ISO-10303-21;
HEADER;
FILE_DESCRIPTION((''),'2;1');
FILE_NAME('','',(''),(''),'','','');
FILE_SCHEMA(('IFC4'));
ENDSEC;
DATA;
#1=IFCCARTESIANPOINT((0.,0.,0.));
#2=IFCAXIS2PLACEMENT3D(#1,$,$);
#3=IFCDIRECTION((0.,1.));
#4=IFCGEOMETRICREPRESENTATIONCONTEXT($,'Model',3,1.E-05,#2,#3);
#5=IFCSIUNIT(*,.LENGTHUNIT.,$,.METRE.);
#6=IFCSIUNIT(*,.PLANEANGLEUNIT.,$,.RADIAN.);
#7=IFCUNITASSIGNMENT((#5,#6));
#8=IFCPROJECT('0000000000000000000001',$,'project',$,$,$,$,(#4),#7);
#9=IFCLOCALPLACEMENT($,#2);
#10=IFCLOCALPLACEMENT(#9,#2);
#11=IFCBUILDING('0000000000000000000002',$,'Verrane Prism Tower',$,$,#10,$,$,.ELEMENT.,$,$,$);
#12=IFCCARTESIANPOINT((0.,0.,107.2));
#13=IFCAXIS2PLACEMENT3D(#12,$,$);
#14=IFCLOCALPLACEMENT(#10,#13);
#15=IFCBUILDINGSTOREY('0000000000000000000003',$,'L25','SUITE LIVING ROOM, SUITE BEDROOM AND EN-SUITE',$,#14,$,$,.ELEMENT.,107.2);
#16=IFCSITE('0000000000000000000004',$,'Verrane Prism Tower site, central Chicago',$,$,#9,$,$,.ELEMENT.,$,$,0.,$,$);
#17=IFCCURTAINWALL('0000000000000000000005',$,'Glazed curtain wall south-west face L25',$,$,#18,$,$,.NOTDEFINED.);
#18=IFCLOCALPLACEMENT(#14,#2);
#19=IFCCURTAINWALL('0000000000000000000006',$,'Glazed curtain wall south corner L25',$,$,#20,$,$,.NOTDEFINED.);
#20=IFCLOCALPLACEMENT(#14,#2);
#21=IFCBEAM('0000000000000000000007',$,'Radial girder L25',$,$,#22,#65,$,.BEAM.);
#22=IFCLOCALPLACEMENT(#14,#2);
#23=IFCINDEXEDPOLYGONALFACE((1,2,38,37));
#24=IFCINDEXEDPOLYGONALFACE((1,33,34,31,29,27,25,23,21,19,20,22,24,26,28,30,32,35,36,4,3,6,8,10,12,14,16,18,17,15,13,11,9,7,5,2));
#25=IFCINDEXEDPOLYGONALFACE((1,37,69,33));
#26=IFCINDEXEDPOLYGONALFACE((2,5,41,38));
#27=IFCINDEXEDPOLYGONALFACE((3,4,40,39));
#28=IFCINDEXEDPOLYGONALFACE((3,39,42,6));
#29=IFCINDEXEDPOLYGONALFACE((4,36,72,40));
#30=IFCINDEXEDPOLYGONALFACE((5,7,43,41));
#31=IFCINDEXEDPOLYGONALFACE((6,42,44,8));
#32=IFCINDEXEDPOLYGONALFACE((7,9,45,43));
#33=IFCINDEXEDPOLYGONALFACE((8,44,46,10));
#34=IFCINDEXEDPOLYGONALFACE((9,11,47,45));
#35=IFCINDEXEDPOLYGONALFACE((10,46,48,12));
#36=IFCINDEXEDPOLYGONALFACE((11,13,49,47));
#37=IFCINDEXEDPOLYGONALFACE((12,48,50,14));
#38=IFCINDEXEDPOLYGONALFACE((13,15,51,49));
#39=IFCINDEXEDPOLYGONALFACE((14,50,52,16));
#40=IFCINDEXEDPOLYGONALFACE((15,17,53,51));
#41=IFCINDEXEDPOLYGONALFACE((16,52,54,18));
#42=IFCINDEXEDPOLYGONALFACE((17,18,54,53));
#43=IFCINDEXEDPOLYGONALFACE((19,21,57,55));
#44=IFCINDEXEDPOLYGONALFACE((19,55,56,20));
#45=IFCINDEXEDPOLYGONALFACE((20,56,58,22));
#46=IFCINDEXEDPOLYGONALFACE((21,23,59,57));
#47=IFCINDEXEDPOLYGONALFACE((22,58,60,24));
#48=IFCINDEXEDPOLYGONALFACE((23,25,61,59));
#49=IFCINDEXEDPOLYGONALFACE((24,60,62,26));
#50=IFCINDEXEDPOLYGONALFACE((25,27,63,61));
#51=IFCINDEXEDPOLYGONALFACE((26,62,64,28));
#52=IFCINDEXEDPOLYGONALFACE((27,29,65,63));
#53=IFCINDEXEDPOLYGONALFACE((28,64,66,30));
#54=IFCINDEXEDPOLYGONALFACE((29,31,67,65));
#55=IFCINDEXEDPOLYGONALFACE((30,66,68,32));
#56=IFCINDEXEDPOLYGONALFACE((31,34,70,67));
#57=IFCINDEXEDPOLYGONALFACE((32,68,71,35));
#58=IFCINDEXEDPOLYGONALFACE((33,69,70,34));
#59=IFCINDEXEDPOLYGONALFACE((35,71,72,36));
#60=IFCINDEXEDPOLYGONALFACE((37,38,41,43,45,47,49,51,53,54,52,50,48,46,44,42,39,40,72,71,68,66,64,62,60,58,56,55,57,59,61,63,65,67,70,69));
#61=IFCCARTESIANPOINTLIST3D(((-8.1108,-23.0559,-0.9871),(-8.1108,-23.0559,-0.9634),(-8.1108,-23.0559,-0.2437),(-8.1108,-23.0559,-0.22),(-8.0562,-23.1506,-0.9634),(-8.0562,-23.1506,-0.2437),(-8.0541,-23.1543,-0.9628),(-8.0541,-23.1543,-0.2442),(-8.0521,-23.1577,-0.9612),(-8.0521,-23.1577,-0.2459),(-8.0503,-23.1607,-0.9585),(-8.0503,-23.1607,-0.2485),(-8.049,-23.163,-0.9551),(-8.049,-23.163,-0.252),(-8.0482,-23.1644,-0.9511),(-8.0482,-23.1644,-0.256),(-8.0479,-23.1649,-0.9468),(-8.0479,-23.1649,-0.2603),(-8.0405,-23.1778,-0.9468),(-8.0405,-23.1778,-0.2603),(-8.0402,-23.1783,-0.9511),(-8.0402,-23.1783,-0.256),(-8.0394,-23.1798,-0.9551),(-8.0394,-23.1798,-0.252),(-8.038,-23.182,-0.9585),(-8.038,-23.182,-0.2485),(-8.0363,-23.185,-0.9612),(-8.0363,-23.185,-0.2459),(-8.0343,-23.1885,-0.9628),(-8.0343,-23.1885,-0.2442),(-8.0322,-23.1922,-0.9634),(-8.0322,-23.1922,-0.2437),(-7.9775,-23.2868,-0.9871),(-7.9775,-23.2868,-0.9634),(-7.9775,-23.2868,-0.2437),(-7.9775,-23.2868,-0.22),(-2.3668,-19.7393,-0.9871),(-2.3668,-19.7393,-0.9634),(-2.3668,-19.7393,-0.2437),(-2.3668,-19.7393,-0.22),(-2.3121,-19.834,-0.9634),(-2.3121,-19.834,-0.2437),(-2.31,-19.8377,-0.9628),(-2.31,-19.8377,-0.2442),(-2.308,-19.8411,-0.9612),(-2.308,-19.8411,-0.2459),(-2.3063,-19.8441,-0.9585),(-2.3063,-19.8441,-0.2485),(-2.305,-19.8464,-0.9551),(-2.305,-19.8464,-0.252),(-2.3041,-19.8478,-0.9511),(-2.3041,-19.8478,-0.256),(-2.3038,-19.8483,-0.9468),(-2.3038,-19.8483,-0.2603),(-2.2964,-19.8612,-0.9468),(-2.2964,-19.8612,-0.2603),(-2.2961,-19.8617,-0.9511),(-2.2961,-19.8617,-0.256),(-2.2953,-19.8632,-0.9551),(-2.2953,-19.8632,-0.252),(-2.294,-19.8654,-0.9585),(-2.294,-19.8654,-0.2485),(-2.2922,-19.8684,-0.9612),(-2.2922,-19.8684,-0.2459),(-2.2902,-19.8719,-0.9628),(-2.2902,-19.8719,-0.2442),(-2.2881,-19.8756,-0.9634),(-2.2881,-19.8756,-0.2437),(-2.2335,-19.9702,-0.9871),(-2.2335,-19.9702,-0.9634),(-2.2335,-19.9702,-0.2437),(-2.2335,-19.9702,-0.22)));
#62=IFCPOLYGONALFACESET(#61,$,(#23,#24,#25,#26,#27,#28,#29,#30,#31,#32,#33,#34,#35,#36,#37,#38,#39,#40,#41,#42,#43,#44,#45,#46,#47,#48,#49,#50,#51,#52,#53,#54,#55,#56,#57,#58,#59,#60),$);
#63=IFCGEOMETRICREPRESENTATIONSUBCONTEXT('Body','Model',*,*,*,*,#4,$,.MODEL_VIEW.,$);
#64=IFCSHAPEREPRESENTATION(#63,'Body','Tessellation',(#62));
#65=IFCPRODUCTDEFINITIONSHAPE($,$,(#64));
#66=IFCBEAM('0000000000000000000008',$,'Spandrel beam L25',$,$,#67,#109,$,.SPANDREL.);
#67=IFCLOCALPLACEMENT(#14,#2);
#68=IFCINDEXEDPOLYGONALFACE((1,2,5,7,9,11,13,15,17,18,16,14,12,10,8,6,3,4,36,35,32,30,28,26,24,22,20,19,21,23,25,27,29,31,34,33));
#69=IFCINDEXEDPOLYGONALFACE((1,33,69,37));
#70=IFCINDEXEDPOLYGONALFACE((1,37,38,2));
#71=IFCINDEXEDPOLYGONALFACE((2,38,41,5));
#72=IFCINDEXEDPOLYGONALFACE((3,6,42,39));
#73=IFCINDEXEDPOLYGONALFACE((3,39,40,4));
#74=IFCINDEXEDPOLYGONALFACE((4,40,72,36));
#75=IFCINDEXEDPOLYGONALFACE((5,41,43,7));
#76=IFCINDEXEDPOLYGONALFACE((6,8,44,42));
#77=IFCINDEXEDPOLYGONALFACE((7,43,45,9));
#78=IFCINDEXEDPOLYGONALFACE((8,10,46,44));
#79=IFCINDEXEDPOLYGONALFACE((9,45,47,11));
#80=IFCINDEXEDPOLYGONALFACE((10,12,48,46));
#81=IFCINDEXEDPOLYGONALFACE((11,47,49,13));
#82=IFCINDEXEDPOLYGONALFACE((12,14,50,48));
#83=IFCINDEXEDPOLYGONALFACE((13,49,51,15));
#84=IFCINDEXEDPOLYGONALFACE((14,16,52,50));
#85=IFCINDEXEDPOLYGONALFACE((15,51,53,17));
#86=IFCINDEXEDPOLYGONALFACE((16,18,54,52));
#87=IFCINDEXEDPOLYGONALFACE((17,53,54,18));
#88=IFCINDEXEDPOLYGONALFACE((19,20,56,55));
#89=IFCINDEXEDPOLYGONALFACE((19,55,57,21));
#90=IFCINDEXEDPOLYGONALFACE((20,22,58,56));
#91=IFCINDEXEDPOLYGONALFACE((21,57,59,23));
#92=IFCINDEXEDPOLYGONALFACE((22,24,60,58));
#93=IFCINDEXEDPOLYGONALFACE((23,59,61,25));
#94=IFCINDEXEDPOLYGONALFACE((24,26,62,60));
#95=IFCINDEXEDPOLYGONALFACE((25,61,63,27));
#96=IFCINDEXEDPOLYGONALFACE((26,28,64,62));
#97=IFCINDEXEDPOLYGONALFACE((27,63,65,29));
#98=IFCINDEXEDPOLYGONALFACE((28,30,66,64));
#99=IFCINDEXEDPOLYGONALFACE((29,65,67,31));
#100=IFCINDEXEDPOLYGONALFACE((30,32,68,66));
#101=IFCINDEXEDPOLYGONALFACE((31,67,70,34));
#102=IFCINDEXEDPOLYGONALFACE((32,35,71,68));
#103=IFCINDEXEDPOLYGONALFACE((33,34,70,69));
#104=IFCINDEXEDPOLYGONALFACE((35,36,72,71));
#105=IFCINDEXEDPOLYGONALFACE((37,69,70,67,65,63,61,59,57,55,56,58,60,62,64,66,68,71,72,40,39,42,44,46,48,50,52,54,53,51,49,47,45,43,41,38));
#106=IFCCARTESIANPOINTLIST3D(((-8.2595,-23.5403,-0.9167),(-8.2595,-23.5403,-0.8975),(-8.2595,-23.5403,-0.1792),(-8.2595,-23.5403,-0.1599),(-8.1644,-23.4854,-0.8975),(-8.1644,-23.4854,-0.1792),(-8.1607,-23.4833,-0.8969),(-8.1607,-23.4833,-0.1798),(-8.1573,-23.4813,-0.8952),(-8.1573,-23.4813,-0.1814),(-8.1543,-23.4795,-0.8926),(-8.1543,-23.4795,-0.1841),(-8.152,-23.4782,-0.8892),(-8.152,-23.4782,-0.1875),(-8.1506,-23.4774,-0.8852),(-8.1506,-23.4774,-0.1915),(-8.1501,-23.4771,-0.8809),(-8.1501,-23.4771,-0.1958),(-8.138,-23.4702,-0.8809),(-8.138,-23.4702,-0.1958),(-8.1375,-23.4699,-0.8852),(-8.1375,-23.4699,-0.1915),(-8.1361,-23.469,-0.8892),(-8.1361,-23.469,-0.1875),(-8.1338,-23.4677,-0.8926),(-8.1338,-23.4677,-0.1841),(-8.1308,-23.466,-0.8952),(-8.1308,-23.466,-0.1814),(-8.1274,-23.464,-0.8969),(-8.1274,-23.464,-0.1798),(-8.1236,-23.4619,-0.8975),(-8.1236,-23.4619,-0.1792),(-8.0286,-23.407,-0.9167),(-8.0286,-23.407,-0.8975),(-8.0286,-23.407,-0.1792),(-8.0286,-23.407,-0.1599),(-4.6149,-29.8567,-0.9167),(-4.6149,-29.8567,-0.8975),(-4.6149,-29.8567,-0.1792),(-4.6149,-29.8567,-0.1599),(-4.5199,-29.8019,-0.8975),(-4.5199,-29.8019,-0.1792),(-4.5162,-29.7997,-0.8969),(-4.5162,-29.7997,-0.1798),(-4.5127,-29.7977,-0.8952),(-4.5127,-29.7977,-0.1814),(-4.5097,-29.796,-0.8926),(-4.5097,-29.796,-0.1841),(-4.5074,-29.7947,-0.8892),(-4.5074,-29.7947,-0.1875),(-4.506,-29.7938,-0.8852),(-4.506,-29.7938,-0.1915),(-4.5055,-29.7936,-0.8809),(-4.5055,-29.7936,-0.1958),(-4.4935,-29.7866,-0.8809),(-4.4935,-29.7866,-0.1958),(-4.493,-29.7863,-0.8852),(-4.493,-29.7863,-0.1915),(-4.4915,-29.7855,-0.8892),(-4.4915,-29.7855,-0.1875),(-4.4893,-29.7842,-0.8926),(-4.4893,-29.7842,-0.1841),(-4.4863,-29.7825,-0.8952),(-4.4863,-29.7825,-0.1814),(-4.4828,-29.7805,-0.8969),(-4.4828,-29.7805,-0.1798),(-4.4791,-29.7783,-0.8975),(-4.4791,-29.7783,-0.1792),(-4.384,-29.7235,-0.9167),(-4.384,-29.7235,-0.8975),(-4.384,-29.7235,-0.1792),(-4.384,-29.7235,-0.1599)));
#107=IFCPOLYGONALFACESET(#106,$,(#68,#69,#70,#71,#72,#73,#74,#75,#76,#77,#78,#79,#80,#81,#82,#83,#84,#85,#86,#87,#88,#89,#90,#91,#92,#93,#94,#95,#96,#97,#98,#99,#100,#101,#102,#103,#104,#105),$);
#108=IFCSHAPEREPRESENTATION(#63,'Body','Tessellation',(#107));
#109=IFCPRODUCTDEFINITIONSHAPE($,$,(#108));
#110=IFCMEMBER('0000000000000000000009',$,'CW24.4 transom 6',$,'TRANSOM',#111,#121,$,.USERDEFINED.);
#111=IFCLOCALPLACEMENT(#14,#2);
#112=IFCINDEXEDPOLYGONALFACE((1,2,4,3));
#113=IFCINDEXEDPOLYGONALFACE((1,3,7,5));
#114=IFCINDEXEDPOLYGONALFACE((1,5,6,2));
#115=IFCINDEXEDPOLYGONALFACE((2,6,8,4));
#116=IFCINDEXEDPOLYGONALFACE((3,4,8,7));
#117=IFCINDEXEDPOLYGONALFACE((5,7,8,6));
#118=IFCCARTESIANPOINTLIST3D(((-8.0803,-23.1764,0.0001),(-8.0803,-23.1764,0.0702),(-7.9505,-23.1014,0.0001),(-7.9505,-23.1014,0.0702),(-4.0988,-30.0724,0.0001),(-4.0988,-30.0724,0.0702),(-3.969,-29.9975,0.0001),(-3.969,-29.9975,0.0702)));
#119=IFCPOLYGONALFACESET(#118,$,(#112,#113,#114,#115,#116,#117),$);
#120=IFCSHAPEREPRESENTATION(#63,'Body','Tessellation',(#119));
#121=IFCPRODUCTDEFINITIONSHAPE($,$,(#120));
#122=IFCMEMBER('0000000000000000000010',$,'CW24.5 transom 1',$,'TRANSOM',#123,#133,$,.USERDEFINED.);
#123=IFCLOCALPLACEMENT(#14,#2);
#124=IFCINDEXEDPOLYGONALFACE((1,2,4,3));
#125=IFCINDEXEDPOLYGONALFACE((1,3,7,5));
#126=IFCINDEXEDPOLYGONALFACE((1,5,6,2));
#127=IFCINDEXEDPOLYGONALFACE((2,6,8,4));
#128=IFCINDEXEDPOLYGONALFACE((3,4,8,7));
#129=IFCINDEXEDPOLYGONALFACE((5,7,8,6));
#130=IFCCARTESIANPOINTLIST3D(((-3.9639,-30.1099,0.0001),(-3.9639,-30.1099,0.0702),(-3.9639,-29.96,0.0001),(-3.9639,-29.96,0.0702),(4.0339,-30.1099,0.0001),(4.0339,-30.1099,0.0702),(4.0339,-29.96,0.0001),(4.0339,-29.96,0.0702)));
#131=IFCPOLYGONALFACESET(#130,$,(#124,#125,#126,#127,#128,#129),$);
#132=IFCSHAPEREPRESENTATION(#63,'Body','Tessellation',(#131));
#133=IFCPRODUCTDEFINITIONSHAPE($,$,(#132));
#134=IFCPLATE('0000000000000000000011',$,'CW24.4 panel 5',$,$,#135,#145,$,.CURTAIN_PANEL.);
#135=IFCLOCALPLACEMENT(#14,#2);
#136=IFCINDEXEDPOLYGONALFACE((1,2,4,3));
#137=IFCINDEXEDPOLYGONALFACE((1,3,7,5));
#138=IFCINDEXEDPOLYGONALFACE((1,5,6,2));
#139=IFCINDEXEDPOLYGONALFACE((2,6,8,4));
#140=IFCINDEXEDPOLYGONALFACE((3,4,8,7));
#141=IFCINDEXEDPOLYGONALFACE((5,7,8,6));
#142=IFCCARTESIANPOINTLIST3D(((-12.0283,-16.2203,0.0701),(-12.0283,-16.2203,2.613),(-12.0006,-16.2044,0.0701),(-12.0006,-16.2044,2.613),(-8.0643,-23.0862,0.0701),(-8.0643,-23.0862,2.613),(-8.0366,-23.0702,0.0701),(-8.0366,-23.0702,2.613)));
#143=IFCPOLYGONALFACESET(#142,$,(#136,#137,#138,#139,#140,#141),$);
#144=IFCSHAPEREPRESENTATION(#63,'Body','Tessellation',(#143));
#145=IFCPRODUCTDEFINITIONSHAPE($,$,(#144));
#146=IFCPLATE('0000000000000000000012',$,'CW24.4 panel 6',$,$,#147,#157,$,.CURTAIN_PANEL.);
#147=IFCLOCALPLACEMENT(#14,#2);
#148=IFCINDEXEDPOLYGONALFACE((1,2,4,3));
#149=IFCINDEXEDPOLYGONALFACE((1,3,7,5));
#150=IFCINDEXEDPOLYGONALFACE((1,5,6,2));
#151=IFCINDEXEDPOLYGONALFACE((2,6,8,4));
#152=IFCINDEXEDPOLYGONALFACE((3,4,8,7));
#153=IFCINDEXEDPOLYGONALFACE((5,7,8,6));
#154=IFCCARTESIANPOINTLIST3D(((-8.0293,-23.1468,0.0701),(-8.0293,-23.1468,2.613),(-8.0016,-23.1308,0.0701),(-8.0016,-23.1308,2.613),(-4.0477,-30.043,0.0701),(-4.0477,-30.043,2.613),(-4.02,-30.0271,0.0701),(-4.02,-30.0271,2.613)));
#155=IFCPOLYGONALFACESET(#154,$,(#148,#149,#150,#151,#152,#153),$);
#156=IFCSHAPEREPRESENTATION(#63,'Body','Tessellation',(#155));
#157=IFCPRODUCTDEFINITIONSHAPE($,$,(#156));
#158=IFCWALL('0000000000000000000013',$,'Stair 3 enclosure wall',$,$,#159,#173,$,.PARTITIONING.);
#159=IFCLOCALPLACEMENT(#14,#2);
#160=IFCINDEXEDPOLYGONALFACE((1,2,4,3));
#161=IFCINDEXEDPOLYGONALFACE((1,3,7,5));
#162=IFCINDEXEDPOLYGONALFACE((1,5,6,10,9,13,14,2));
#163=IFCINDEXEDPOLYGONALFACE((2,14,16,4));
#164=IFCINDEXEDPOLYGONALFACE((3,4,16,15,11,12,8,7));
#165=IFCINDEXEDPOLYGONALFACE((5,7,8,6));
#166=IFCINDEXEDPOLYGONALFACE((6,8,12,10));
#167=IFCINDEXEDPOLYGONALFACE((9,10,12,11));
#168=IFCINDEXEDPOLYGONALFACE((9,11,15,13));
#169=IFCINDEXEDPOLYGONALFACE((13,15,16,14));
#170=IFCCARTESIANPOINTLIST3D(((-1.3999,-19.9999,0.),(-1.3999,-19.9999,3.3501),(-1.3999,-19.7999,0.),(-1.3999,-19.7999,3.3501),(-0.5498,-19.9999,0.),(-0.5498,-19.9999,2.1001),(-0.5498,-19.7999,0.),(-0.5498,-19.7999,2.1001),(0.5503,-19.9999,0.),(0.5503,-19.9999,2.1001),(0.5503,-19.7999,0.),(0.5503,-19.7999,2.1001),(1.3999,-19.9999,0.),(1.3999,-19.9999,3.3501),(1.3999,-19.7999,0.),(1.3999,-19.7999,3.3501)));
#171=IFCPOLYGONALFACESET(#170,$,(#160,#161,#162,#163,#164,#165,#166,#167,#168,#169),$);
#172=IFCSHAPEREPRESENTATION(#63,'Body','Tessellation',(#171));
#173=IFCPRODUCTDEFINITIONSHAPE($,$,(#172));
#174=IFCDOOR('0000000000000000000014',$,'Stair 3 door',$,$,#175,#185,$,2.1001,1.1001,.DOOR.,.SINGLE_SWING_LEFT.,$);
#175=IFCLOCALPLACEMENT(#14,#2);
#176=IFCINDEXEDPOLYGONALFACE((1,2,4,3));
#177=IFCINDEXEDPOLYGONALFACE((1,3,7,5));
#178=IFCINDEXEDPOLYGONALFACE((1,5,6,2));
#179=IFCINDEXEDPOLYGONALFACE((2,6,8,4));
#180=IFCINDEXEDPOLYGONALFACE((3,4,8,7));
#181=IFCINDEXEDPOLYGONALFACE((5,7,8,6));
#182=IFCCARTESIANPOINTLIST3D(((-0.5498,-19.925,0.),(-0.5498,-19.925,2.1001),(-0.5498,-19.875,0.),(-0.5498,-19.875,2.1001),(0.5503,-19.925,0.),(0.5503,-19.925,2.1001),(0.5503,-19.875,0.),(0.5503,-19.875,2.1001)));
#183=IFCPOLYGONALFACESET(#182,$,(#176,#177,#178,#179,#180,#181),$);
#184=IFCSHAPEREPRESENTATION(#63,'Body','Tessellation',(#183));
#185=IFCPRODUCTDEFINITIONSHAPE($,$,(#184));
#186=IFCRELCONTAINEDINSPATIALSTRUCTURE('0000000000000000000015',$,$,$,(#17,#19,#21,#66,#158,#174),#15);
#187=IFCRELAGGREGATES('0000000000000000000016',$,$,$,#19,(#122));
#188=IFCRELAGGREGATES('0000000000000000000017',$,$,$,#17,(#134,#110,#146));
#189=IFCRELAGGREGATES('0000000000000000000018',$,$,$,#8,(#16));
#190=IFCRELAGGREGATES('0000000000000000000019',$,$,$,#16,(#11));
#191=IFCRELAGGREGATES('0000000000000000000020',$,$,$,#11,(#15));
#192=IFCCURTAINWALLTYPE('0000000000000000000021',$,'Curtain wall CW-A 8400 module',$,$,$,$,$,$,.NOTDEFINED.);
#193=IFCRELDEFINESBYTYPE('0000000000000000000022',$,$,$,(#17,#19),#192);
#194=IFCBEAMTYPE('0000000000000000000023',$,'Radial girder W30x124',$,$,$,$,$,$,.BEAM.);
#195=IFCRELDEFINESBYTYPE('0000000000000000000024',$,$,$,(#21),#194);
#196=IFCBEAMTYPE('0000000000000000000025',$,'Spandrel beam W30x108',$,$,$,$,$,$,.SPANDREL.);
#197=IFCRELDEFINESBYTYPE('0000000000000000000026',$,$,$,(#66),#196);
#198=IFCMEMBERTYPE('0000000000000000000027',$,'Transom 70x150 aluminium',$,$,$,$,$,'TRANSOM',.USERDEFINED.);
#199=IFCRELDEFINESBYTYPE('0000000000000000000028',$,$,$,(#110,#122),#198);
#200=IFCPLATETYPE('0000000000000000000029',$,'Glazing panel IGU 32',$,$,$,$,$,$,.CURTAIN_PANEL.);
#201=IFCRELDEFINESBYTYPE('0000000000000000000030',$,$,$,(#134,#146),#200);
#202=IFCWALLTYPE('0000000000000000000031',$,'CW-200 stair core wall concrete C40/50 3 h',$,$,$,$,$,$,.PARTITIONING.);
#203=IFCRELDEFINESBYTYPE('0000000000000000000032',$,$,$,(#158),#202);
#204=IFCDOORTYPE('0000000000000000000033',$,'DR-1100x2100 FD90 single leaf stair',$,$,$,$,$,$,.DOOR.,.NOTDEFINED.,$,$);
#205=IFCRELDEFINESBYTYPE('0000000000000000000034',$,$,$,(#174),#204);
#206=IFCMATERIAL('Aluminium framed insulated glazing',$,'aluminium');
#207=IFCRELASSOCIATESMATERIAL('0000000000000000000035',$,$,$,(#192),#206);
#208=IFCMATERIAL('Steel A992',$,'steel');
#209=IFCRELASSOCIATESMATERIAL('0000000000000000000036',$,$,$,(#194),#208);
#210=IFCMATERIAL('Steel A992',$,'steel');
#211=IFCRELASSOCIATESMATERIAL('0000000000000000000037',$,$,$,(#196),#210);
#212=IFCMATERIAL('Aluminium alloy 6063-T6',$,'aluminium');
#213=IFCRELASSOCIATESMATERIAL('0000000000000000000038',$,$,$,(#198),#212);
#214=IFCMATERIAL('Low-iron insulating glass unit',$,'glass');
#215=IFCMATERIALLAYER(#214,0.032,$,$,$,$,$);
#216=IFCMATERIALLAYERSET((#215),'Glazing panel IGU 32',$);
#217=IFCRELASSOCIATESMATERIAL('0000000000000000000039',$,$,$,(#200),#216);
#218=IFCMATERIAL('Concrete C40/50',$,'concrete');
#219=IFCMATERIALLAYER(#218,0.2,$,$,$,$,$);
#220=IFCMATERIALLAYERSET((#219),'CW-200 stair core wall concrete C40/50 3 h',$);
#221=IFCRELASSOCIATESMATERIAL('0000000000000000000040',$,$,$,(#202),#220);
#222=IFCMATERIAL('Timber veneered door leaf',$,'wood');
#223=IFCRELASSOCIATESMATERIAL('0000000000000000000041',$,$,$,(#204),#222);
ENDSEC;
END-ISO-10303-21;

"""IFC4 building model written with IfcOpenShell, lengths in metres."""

from ifc_helpers import new_model, si_unit, direction, frame, frame_2d, origin, origin_2d, place, context, subcontext, project, spatial, rectangle, i_section, extrude, material, layer, layer_set, material_profile, profile_set, type_object, element, fill, aggregate, save


model = new_model("IFC4")

# Units and contexts
model_context = context("Model", 3, precision=1e-05, world=origin(), true_north=direction((0.0, 1.0)))
body_context = subcontext(model_context, "Body", "Model", "MODEL_VIEW")
ifc_project = project(units=[si_unit("LENGTHUNIT", "METRE"), si_unit("PLANEANGLEUNIT", "RADIAN")], contexts=[model_context])

# Site, building, storey
site_placement = place(None, origin())
site = spatial("IfcSite", under=ifc_project, at=site_placement, Name="Verrane Prism Tower site, central Chicago", CompositionType="ELEMENT", RefElevation=0.0)
building_placement = place(site_placement, origin())
building = spatial("IfcBuilding", under=site, at=building_placement, Name="Verrane Prism Tower", CompositionType="ELEMENT")
storey_placement = place(building_placement, frame((0.0, 0.0, 107.2)))
storey = spatial("IfcBuildingStorey", under=building, at=storey_placement, Name="L25", Description="SUITE LIVING ROOM, SUITE BEDROOM AND EN-SUITE", CompositionType="ELEMENT", Elevation=107.2)

# Curtain walls
ifc_material_1 = material(Name="Aluminium framed insulated glazing", Category="aluminium")
curtain_wall_type = type_object("IfcCurtainWallType", Name="Curtain wall CW-A 8400 module", PredefinedType="NOTDEFINED", material=ifc_material_1)
curtain_wall_1_placement = place(storey_placement, origin())
curtain_wall_1 = element("IfcCurtainWall", 1, at=curtain_wall_1_placement, inside=storey, type_object=curtain_wall_type, Name="Glazed curtain wall south-west face L25", PredefinedType="NOTDEFINED")
curtain_wall_2_placement = place(storey_placement, origin())
curtain_wall_2 = element("IfcCurtainWall", 2, at=curtain_wall_2_placement, inside=storey, type_object=curtain_wall_type, Name="Glazed curtain wall south corner L25", PredefinedType="NOTDEFINED")

# Beams
ifc_material_2 = material(Name="Steel A992", Category="steel")
ifc_material_profile_1 = material_profile(ifc_material_2, i_section(OverallWidth=0.2666, OverallDepth=0.7671, WebThickness=0.0149, FlangeThickness=0.0237, FilletRadius=0.0166, at=origin_2d()), Name="W30x124")
ifc_profile_set_1 = profile_set([ifc_material_profile_1], Name="Steel A992")
beam_type_1 = type_object("IfcBeamType", Name="Radial girder W30x124", PredefinedType="BEAM", material=ifc_profile_set_1)
beam_1_placement = place(storey_placement, frame((-8.0442, -23.1714, -0.6035), z_axis=(0.866008, 0.50003, 0.0), x_axis=(-0.50003, 0.866008, 0.0)))
element("IfcBeam", 3, at=beam_1_placement, inside=storey, type_object=beam_type_1, Name="Radial girder L25", PredefinedType="BEAM", context=body_context, shape_type="SweptSolid", body=[
    extrude(i_section(OverallWidth=0.2666, OverallDepth=0.7671, WebThickness=0.0149, FlangeThickness=0.0237, FilletRadius=0.0166, at=origin_2d()), origin(), (0.0, 0.0, 1.0), 6.6328),
])
ifc_material_3 = material(Name="Steel A992", Category="steel")
ifc_material_profile_2 = material_profile(ifc_material_3, i_section(OverallWidth=0.2666, OverallDepth=0.7568, WebThickness=0.0139, FlangeThickness=0.0193, FilletRadius=0.0166, at=origin_2d()), Name="W30x108")
ifc_profile_set_2 = profile_set([ifc_material_profile_2], Name="Steel A992")
beam_type_2 = type_object("IfcBeamType", Name="Spandrel beam W30x108", PredefinedType="SPANDREL", material=ifc_profile_set_2)
beam_2_placement = place(storey_placement, frame((-8.144, -23.4736, -0.5383), z_axis=(0.499769, -0.866159, 0.0), x_axis=(0.866159, 0.499769, 0.0)))
element("IfcBeam", 4, at=beam_2_placement, inside=storey, type_object=beam_type_2, Name="Spandrel beam L25", PredefinedType="SPANDREL", context=body_context, shape_type="SweptSolid", body=[
    extrude(i_section(OverallWidth=0.2666, OverallDepth=0.7568, WebThickness=0.0139, FlangeThickness=0.0193, FilletRadius=0.0166, at=origin_2d()), origin(), (0.0, 0.0, 1.0), 7.2925),
])

# Members
ifc_material_4 = material(Name="Aluminium alloy 6063-T6", Category="aluminium")
ifc_material_profile_3 = material_profile(ifc_material_4, rectangle(XDim=0.1499, YDim=0.0701, at=origin_2d()), Name="Transom 70x150 aluminium")
ifc_profile_set_3 = profile_set([ifc_material_profile_3], Name="Aluminium alloy 6063-T6")
member_type_1 = type_object("IfcMemberType", Name="Transom 70x150 aluminium", ElementType="TRANSOM", PredefinedType="USERDEFINED", material=ifc_profile_set_3)
member_1_placement = place(storey_placement, frame((-8.0154, -23.1389, 0.0352), z_axis=(0.500004, -0.866023, 0.0), x_axis=(0.866023, 0.500004, 0.0)))
member_1 = element("IfcMember", 5, at=member_1_placement, type_object=member_type_1, Name="CW24.4 transom 6", ObjectType="TRANSOM", PredefinedType="USERDEFINED", context=body_context, shape_type="SweptSolid", body=[
    extrude(rectangle(XDim=0.1499, YDim=0.0701, at=origin_2d()), origin(), (0.0, 0.0, 1.0), 7.9629),
])
member_2_placement = place(storey_placement, frame((-3.9639, -30.0349, 0.0352), z_axis=(1.0, 0.0, 0.0), x_axis=(0.0, 1.0, 0.0)))
member_2 = element("IfcMember", 6, at=member_2_placement, type_object=member_type_1, Name="CW24.5 transom 1", ObjectType="TRANSOM", PredefinedType="USERDEFINED", context=body_context, shape_type="SweptSolid", body=[
    extrude(rectangle(XDim=0.1499, YDim=0.0701, at=origin_2d()), origin(), (0.0, 0.0, 1.0), 7.9978),
])
aggregate(curtain_wall_2, [member_2])

# Plates
ifc_material_5 = material(Name="Low-iron insulating glass unit", Category="glass")
ifc_layer_1 = layer(ifc_material_5, 0.032)
ifc_layer_set_1 = layer_set([ifc_layer_1], Name="Glazing panel IGU 32")
plate_type = type_object("IfcPlateType", Name="Glazing panel IGU 32", PredefinedType="CURTAIN_PANEL", material=ifc_layer_set_1)
plate_1_placement = place(storey_placement, frame((-10.0325, -19.6453, 0.0701), z_axis=(0.0, 0.0, 1.0), x_axis=(0.5, -0.866025, 0.0)))
plate_1 = element("IfcPlate", 7, at=plate_1_placement, type_object=plate_type, Name="CW24.4 panel 5", PredefinedType="CURTAIN_PANEL", context=body_context, shape_type="SweptSolid", body=[
    extrude(rectangle(XDim=7.928, YDim=0.032, at=origin_2d()), origin(), (0.0, 0.0, 1.0), 2.543),
])
plate_2_placement = place(storey_placement, frame((-6.0247, -26.5869, 0.0701), z_axis=(0.0, 0.0, 1.0), x_axis=(0.5, -0.866025, 0.0)))
plate_2 = element("IfcPlate", 8, at=plate_2_placement, type_object=plate_type, Name="CW24.4 panel 6", PredefinedType="CURTAIN_PANEL", context=body_context, shape_type="SweptSolid", body=[
    extrude(rectangle(XDim=7.9631, YDim=0.032, at=origin_2d()), origin(), (0.0, 0.0, 1.0), 2.543),
])
aggregate(curtain_wall_1, [plate_1, member_1, plate_2])

# Wall, opening, door
ifc_material_6 = material(Name="Concrete C40/50", Category="concrete")
ifc_layer_2 = layer(ifc_material_6, 0.2)
ifc_layer_set_2 = layer_set([ifc_layer_2], Name="CW-200 stair core wall concrete C40/50 3 h")
wall_type_1 = type_object("IfcWallType", Name="CW-200 stair core wall concrete C40/50 3 h", PredefinedType="PARTITIONING", material=ifc_layer_set_2)
wall_1_placement = place(storey_placement, frame((-1.3999, -19.8999, 0.0), z_axis=(0.0, 0.0, 1.0), x_axis=(1.0, 0.0, 0.0)))
wall_1 = element("IfcWall", 9, at=wall_1_placement, inside=storey, type_object=wall_type_1, Name="Stair 3 enclosure wall", PredefinedType="PARTITIONING", context=body_context, shape_type="SweptSolid", body=[
    extrude(rectangle(XDim=2.7998, YDim=0.2, at=frame_2d((1.3999, 0.0))), origin(), (0.0, 0.0, 1.0), 3.3501),
])
opening_1_placement = place(wall_1_placement, frame((0.8501, 0.0, 0.0)))
opening_1 = element("IfcOpeningElement", 10, at=opening_1_placement, cuts=wall_1, PredefinedType="OPENING", context=body_context, shape_type="SweptSolid", body=[
    extrude(rectangle(XDim=1.1001, YDim=2.1001, at=frame_2d((0.55, 1.05))), frame((0.0, 0.1099, 0.0), z_axis=(0.0, -1.0, 0.0), x_axis=(1.0, 0.0, 0.0)), (0.0, 0.0, 1.0), 0.22),
])
ifc_material_7 = material(Name="Timber veneered door leaf", Category="wood")
door_type_1 = type_object("IfcDoorType", Name="DR-1100x2100 FD90 single leaf stair", OperationType="NOTDEFINED", PredefinedType="DOOR", material=ifc_material_7)
door_1_placement = place(opening_1_placement, origin())
door_1 = element("IfcDoor", 11, at=door_1_placement, inside=storey, type_object=door_type_1, Name="Stair 3 door", OperationType="SINGLE_SWING_LEFT", OverallHeight=2.1001, OverallWidth=1.1001, PredefinedType="DOOR", context=body_context, shape_type="SweptSolid", body=[
    extrude(rectangle(XDim=1.1001, YDim=2.1001, at=frame_2d((0.55, 1.05))), frame((0.0, 0.0249, 0.0), z_axis=(0.0, -1.0, 0.0), x_axis=(1.0, 0.0, 0.0)), (0.0, 0.0, 1.0), 0.05),
])
fill(opening_1, door_1)

save(model, "model.ifc")
